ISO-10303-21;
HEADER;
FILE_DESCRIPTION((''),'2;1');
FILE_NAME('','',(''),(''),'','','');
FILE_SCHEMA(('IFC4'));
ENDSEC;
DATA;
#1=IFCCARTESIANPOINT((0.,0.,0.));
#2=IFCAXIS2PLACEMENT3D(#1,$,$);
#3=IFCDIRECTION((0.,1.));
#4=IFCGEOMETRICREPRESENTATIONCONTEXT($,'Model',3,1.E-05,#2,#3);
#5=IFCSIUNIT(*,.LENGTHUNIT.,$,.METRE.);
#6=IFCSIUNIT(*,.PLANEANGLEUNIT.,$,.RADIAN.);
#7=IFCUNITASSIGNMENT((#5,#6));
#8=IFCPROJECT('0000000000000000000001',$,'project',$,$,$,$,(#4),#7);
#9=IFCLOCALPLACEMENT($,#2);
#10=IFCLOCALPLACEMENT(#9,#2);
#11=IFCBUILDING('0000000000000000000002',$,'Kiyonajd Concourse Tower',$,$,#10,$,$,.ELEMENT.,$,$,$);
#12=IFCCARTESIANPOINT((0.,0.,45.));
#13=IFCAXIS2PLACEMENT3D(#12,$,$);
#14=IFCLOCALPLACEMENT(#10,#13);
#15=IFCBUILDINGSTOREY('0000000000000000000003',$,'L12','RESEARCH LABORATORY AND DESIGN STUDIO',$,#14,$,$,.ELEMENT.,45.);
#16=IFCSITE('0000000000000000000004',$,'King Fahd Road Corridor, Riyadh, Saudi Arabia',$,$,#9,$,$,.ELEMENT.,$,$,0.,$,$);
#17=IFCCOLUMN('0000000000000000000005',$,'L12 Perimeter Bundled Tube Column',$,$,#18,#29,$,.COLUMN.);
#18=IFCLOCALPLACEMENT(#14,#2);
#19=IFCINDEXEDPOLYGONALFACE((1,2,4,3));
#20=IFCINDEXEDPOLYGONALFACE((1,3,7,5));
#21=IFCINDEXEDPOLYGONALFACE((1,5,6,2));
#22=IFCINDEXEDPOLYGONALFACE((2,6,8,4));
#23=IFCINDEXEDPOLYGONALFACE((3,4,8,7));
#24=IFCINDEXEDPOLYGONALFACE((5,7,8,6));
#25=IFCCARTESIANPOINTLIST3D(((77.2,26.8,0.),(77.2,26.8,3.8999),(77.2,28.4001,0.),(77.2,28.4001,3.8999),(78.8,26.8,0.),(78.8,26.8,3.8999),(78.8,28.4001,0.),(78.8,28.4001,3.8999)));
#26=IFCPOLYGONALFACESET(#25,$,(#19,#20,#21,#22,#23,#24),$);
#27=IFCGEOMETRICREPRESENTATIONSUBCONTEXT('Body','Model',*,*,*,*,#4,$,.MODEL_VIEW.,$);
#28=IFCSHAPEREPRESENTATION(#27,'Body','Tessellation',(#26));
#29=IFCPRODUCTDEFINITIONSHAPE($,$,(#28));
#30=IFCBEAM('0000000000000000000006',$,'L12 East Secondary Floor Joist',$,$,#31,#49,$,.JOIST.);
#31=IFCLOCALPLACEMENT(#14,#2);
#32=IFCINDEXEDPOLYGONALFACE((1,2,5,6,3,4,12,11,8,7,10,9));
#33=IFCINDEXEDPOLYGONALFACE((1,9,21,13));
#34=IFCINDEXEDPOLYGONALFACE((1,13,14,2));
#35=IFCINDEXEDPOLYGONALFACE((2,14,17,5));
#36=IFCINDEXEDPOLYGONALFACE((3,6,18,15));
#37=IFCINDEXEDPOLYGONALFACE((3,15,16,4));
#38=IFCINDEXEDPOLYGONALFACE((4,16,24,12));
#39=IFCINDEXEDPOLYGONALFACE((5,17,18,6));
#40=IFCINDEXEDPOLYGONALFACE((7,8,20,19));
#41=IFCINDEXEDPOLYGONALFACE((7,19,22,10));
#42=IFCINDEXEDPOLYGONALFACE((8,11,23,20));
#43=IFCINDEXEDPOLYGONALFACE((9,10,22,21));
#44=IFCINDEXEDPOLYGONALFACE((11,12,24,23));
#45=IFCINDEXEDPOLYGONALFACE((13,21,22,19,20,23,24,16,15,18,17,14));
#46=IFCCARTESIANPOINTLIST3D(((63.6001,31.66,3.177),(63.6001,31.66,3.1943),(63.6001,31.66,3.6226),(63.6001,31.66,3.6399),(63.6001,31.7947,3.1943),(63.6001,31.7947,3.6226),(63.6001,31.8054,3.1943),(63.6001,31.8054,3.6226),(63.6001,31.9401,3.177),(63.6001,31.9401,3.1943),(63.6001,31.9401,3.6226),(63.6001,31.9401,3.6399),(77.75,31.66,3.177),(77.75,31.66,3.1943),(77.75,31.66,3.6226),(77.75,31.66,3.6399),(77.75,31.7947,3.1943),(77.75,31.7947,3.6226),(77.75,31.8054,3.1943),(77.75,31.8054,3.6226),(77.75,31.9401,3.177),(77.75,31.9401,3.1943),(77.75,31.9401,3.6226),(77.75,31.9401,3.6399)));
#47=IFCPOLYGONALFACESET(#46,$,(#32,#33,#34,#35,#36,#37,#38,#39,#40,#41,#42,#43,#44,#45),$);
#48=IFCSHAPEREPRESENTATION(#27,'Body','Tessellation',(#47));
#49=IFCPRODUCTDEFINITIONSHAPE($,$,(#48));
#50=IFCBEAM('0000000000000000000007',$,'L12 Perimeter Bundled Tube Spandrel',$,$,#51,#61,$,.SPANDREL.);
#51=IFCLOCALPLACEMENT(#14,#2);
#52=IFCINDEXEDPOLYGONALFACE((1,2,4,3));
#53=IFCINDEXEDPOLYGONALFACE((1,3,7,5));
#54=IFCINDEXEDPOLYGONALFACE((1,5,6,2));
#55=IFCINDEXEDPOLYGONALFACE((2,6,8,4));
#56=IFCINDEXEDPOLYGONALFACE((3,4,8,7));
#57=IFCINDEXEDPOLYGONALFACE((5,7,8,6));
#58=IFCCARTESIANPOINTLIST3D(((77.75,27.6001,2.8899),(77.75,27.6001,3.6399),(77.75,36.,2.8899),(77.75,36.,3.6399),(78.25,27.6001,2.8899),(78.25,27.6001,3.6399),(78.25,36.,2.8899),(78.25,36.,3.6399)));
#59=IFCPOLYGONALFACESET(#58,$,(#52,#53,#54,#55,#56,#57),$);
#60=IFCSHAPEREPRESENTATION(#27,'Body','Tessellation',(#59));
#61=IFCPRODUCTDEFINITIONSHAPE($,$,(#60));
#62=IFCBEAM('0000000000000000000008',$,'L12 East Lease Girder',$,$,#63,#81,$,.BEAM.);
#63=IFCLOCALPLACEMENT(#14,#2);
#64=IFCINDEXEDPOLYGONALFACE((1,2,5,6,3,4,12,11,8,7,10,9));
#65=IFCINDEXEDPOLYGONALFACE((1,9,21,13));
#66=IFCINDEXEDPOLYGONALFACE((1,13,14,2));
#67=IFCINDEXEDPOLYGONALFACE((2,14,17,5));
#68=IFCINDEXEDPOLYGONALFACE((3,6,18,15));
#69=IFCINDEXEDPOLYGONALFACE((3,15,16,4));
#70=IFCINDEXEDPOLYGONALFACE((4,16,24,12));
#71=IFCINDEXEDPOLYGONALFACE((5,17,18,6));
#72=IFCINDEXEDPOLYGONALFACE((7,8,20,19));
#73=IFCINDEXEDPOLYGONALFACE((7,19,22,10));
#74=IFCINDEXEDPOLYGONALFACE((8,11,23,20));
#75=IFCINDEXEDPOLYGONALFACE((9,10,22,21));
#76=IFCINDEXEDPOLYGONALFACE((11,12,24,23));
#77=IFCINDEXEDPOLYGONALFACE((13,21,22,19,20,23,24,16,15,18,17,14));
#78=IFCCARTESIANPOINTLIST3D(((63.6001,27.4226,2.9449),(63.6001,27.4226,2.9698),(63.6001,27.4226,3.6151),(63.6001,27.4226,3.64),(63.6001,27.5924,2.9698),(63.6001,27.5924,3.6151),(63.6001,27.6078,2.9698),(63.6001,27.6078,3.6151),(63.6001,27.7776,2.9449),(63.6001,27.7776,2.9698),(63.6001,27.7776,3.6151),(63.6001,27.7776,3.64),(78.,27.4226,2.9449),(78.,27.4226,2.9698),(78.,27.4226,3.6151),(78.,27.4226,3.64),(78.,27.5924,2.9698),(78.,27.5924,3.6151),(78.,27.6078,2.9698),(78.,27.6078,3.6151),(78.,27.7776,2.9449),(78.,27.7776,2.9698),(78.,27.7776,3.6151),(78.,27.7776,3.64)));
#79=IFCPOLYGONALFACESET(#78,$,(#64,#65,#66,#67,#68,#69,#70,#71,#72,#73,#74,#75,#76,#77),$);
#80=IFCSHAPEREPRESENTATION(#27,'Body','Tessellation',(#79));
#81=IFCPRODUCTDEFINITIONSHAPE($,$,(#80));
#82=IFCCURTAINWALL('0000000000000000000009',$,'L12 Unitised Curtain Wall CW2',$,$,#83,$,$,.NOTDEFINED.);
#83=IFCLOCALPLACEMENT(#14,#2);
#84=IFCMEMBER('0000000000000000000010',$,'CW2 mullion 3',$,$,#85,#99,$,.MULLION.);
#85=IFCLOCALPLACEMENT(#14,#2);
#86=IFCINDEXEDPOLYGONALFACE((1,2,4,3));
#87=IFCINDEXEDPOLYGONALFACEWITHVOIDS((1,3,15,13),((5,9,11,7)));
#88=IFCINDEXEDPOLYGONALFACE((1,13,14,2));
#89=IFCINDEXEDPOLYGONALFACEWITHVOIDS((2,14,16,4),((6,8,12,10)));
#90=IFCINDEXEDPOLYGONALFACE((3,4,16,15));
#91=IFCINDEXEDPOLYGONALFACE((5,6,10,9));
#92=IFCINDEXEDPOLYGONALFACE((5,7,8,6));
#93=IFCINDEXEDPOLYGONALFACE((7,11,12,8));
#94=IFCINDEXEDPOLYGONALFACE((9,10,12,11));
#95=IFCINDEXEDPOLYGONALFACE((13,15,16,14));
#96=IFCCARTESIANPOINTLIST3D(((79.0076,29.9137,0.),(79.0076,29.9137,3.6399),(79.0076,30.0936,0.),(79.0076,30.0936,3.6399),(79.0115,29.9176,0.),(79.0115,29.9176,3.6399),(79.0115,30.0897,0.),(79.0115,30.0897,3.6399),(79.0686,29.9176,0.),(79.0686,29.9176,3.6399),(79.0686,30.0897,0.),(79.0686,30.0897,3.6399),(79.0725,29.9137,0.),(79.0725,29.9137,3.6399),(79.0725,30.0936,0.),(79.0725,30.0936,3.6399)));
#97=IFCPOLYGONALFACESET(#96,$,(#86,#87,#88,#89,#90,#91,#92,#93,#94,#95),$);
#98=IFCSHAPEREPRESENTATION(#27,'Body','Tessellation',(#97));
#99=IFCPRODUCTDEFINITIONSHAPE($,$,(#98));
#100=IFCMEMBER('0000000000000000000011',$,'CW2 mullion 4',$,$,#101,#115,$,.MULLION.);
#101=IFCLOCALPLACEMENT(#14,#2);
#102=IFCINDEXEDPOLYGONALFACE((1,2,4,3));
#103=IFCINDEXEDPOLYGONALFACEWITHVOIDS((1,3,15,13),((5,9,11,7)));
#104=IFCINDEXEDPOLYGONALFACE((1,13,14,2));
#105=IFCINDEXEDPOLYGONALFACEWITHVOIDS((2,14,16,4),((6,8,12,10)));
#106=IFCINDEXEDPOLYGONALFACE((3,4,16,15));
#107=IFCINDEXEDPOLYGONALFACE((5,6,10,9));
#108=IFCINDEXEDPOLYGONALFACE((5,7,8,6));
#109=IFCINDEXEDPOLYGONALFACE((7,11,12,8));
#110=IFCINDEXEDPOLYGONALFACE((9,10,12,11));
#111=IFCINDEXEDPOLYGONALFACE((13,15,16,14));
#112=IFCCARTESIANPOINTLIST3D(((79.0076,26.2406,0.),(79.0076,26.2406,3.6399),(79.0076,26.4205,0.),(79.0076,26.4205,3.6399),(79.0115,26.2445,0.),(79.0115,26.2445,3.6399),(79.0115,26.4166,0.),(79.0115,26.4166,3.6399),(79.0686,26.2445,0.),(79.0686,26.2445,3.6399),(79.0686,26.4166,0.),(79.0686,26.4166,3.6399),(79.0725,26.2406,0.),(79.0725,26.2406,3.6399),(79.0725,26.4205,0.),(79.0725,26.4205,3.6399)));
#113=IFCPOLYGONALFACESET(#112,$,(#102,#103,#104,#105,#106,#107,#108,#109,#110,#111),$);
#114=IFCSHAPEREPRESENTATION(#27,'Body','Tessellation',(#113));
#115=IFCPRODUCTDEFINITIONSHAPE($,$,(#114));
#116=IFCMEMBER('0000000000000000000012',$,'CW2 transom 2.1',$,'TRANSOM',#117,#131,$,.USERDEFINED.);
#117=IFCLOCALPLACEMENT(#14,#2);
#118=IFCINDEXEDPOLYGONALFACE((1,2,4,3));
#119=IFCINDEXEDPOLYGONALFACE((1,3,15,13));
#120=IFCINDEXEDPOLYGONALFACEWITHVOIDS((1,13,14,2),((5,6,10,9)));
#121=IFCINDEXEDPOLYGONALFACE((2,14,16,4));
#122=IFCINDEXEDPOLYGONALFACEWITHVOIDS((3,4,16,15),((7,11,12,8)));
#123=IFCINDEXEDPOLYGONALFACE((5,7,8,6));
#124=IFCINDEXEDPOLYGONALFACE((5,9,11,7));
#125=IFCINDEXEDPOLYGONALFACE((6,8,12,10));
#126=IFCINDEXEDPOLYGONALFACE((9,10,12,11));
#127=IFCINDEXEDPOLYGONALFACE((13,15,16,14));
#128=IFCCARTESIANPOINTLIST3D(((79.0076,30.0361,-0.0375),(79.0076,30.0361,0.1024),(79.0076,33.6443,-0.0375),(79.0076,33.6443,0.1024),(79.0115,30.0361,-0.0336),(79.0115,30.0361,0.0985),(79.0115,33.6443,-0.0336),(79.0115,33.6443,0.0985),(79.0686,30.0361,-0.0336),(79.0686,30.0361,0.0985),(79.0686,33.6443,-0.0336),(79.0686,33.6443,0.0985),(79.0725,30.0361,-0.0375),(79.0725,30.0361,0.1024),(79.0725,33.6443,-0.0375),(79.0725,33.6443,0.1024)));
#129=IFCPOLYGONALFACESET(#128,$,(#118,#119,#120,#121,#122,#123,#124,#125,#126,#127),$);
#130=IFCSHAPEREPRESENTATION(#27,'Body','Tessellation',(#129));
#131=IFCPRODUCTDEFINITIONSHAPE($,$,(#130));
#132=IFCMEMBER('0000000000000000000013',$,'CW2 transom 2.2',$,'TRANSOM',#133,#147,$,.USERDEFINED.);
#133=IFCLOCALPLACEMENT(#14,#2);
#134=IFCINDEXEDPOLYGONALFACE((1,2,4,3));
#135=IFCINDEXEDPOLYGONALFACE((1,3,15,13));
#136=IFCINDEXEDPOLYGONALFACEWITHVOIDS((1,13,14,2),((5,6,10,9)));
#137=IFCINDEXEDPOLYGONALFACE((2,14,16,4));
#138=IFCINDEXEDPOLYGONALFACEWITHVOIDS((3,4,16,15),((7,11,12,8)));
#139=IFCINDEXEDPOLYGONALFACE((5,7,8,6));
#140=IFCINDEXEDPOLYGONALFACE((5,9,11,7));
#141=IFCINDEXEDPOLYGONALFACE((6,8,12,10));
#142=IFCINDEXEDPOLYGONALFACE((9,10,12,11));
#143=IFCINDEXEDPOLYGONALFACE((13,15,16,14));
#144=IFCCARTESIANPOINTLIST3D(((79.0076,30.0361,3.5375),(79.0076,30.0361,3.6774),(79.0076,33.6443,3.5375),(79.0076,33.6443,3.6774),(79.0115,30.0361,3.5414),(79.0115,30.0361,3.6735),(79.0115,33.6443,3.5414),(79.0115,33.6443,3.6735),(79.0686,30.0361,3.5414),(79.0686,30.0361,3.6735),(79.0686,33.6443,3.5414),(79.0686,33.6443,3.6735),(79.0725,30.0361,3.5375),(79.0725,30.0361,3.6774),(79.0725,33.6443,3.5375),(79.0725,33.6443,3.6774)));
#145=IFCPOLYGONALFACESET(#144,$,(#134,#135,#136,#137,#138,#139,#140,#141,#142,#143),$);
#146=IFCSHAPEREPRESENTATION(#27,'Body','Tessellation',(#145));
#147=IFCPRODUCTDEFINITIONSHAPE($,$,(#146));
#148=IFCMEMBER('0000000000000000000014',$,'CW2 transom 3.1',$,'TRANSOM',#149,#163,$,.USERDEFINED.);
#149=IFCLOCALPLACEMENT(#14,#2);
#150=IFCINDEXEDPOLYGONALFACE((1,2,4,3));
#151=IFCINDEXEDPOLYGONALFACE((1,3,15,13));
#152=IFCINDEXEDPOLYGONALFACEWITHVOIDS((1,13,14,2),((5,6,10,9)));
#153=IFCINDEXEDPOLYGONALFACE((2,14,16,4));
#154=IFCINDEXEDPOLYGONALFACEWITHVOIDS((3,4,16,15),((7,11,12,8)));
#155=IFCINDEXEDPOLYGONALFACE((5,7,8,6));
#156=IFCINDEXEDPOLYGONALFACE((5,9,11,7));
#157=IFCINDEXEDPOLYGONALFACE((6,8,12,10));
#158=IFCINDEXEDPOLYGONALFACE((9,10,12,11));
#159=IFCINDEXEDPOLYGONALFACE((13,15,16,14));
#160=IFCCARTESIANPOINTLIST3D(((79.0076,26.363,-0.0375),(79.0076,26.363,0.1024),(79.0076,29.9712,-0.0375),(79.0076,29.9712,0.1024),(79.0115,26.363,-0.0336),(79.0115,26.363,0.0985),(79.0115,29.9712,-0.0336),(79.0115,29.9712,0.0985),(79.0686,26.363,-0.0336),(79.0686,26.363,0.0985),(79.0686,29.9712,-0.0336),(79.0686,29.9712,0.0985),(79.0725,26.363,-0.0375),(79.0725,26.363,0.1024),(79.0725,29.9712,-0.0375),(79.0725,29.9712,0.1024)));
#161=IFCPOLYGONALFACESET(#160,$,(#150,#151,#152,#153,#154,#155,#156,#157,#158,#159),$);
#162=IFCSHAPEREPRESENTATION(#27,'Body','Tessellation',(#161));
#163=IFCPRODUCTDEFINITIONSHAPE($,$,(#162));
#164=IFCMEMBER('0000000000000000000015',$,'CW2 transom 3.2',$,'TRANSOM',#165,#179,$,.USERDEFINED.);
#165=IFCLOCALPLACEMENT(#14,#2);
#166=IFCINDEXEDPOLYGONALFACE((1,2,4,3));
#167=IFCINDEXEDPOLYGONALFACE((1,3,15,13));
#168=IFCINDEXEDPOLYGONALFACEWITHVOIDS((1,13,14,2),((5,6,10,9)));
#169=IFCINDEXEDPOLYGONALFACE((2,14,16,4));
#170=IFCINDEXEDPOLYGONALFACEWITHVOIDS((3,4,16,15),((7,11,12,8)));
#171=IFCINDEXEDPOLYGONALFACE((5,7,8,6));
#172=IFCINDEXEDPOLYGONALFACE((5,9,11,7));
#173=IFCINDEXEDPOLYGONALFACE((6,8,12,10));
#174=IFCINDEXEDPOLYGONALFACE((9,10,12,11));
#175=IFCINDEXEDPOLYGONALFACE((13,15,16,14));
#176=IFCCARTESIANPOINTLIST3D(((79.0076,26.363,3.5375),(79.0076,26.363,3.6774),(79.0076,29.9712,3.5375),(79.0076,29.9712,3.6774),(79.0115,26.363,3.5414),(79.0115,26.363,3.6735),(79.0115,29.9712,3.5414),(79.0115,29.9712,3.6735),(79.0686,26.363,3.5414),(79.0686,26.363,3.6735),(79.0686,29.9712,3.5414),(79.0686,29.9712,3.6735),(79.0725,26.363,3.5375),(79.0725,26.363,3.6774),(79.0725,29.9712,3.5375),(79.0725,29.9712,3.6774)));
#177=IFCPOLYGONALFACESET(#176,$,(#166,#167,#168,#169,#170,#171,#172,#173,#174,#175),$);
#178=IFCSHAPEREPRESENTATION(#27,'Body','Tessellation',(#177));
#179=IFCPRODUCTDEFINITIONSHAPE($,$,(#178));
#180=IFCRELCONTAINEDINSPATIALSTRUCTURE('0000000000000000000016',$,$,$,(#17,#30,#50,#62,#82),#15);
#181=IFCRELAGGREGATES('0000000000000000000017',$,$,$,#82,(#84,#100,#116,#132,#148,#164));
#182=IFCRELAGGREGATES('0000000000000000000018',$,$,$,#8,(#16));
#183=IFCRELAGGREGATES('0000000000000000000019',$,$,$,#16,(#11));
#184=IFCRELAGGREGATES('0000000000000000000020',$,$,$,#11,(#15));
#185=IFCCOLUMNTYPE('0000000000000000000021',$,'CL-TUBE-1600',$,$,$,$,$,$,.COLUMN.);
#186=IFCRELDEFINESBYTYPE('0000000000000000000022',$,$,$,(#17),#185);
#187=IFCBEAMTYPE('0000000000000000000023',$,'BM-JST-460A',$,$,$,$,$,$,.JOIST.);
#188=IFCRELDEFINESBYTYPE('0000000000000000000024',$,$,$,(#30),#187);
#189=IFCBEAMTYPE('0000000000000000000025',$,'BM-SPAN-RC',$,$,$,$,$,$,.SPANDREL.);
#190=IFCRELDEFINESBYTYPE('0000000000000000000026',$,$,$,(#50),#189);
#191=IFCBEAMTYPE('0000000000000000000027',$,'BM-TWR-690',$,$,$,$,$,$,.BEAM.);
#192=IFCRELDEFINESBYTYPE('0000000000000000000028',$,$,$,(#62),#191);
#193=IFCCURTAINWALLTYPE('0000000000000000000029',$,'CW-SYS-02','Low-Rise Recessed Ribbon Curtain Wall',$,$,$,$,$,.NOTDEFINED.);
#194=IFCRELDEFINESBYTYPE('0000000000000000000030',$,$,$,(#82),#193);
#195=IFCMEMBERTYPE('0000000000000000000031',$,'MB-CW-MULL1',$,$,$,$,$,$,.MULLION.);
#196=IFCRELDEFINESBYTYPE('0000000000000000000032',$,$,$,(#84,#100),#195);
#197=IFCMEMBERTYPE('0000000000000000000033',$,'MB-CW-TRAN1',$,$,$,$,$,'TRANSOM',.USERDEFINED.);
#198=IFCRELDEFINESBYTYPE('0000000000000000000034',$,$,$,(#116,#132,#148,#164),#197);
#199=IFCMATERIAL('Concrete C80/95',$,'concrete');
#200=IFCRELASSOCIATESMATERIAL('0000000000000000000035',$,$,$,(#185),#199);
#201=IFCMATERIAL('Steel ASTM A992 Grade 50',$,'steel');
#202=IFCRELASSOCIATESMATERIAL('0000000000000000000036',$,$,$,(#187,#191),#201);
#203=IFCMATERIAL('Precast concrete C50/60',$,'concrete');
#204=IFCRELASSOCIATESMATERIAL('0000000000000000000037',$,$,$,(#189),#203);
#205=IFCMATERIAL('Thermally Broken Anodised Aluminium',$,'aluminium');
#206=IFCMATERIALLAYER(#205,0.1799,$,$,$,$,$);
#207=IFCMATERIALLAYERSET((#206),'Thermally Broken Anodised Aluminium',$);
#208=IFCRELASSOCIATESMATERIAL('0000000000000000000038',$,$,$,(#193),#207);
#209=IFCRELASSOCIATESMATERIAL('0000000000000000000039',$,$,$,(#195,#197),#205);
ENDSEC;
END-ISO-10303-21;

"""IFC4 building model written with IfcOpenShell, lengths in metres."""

from ifc_helpers import new_model, si_unit, direction, frame, origin, origin_2d, place, context, subcontext, project, spatial, rectangle, hollow_rectangle, i_section, extrude, material, layer, layer_set, material_profile, profile_set, type_object, element, aggregate, save


model = new_model("IFC4")

# Units and contexts
model_context = context("Model", 3, precision=1e-05, world=origin(), true_north=direction((0.0, 1.0)))
body_context = subcontext(model_context, "Body", "Model", "MODEL_VIEW")
ifc_project = project(units=[si_unit("LENGTHUNIT", "METRE"), si_unit("PLANEANGLEUNIT", "RADIAN")], contexts=[model_context])

# Site, building, storey
site_placement = place(None, origin())
site = spatial("IfcSite", under=ifc_project, at=site_placement, Name="King Fahd Road Corridor, Riyadh, Saudi Arabia", CompositionType="ELEMENT", RefElevation=0.0)
building_placement = place(site_placement, origin())
building = spatial("IfcBuilding", under=site, at=building_placement, Name="Kiyonajd Concourse Tower", CompositionType="ELEMENT")
storey_placement = place(building_placement, frame((0.0, 0.0, 45.0)))
storey = spatial("IfcBuildingStorey", under=building, at=storey_placement, Name="L12", Description="RESEARCH LABORATORY AND DESIGN STUDIO", CompositionType="ELEMENT", Elevation=45.0)

# Column
ifc_material_1 = material(Name="Concrete C80/95", Category="concrete")
ifc_material_profile_1 = material_profile(ifc_material_1, rectangle(XDim=1.6001, YDim=1.6001, at=origin_2d()), Name="RC-1600x1600")
ifc_profile_set_1 = profile_set([ifc_material_profile_1], Name="Concrete C80/95")
column_type = type_object("IfcColumnType", Name="CL-TUBE-1600", PredefinedType="COLUMN", material=ifc_profile_set_1)
column_placement = place(storey_placement, frame((78.0, 27.6001, 0.0), z_axis=(0.0, 0.0, 1.0), x_axis=(1.0, 0.0, 0.0)))
element("IfcColumn", 1, at=column_placement, inside=storey, type_object=column_type, Name="L12 Perimeter Bundled Tube Column", PredefinedType="COLUMN", context=body_context, shape_type="SweptSolid", body=[
    extrude(rectangle(XDim=1.6001, YDim=1.6001, at=origin_2d()), origin(), (0.0, 0.0, 1.0), 3.8999),
])

# Beams
ifc_material_2 = material(Name="Steel ASTM A992 Grade 50", Category="steel")
ifc_material_profile_2 = material_profile(ifc_material_2, i_section(OverallWidth=0.28, OverallDepth=0.4629, WebThickness=0.0107, FlangeThickness=0.0173, at=origin_2d()), Name="W460X113")
ifc_profile_set_2 = profile_set([ifc_material_profile_2], Name="Steel ASTM A992 Grade 50")
beam_type_1 = type_object("IfcBeamType", Name="BM-JST-460A", PredefinedType="JOIST", material=ifc_profile_set_2)
beam_1_placement = place(storey_placement, frame((63.6001, 31.8, 3.4084), z_axis=(1.0, 0.0, 0.0), x_axis=(0.0, 1.0, 0.0)))
element("IfcBeam", 2, at=beam_1_placement, inside=storey, type_object=beam_type_1, Name="L12 East Secondary Floor Joist", PredefinedType="JOIST", context=body_context, shape_type="SweptSolid", body=[
    extrude(i_section(OverallWidth=0.28, OverallDepth=0.4629, WebThickness=0.0107, FlangeThickness=0.0173, at=origin_2d()), origin(), (0.0, 0.0, 1.0), 14.1499),
])
ifc_material_3 = material(Name="Precast concrete C50/60", Category="concrete")
ifc_material_profile_3 = material_profile(ifc_material_3, rectangle(XDim=0.5, YDim=0.75, at=origin_2d()), Name="RCBM-500x750")
ifc_profile_set_3 = profile_set([ifc_material_profile_3], Name="Precast concrete C50/60")
beam_type_2 = type_object("IfcBeamType", Name="BM-SPAN-RC", PredefinedType="SPANDREL", material=ifc_profile_set_3)
beam_2_placement = place(storey_placement, frame((78.0, 27.6001, 3.2649), z_axis=(0.0, 1.0, 0.0), x_axis=(-1.0, 0.0, 0.0)))
element("IfcBeam", 3, at=beam_2_placement, inside=storey, type_object=beam_type_2, Name="L12 Perimeter Bundled Tube Spandrel", PredefinedType="SPANDREL", context=body_context, shape_type="SweptSolid", body=[
    extrude(rectangle(XDim=0.5, YDim=0.75, at=origin_2d()), origin(), (0.0, 0.0, 1.0), 8.3999),
])
ifc_material_profile_4 = material_profile(ifc_material_2, i_section(OverallWidth=0.355, OverallDepth=0.6951, WebThickness=0.0154, FlangeThickness=0.0249, at=origin_2d()), Name="W690X217")
ifc_profile_set_4 = profile_set([ifc_material_profile_4], Name="Steel ASTM A992 Grade 50")
beam_type_3 = type_object("IfcBeamType", Name="BM-TWR-690", PredefinedType="BEAM", material=ifc_profile_set_4)
beam_3_placement = place(storey_placement, frame((63.6001, 27.6001, 3.2925), z_axis=(1.0, 0.0, 0.0), x_axis=(0.0, 1.0, 0.0)))
element("IfcBeam", 4, at=beam_3_placement, inside=storey, type_object=beam_type_3, Name="L12 East Lease Girder", PredefinedType="BEAM", context=body_context, shape_type="SweptSolid", body=[
    extrude(i_section(OverallWidth=0.355, OverallDepth=0.6951, WebThickness=0.0154, FlangeThickness=0.0249, at=origin_2d()), origin(), (0.0, 0.0, 1.0), 14.3999),
])

# Curtain wall, members
ifc_material_4 = material(Name="Thermally Broken Anodised Aluminium", Category="aluminium")
ifc_layer_1 = layer(ifc_material_4, 0.1799)
ifc_layer_set_1 = layer_set([ifc_layer_1], Name="Thermally Broken Anodised Aluminium")
curtain_wall_type = type_object("IfcCurtainWallType", Name="CW-SYS-02", Description="Low-Rise Recessed Ribbon Curtain Wall", PredefinedType="NOTDEFINED", material=ifc_layer_set_1)
curtain_wall_placement = place(storey_placement, origin())
curtain_wall = element("IfcCurtainWall", 5, at=curtain_wall_placement, inside=storey, type_object=curtain_wall_type, Name="L12 Unitised Curtain Wall CW2", PredefinedType="NOTDEFINED")
ifc_material_profile_5 = material_profile(ifc_material_4, hollow_rectangle(XDim=0.0649, YDim=0.1799, WallThickness=0.0039, at=origin_2d()), Name="MULL-65x180")
ifc_profile_set_5 = profile_set([ifc_material_profile_5], Name="Thermally Broken Anodised Aluminium")
member_type_1 = type_object("IfcMemberType", Name="MB-CW-MULL1", PredefinedType="MULLION", material=ifc_profile_set_5)
member_1_placement = place(storey_placement, frame((79.04, 30.0037, 0.0), z_axis=(0.0, 0.0, 1.0), x_axis=(1.0, 0.0, 0.0)))
member_1 = element("IfcMember", 6, at=member_1_placement, type_object=member_type_1, Name="CW2 mullion 3", PredefinedType="MULLION", context=body_context, shape_type="SweptSolid", body=[
    extrude(hollow_rectangle(XDim=0.0649, YDim=0.1799, WallThickness=0.0039, at=origin_2d()), origin(), (0.0, 0.0, 1.0), 3.6399),
])
member_2_placement = place(storey_placement, frame((79.04, 26.3306, 0.0), z_axis=(0.0, 0.0, 1.0), x_axis=(1.0, 0.0, 0.0)))
member_2 = element("IfcMember", 7, at=member_2_placement, type_object=member_type_1, Name="CW2 mullion 4", PredefinedType="MULLION", context=body_context, shape_type="SweptSolid", body=[
    extrude(hollow_rectangle(XDim=0.0649, YDim=0.1799, WallThickness=0.0039, at=origin_2d()), origin(), (0.0, 0.0, 1.0), 3.6399),
])
ifc_material_profile_6 = material_profile(ifc_material_4, hollow_rectangle(XDim=0.0649, YDim=0.1399, WallThickness=0.0039, at=origin_2d()), Name="TRAN-65x140")
ifc_profile_set_6 = profile_set([ifc_material_profile_6], Name="Thermally Broken Anodised Aluminium")
member_type_2 = type_object("IfcMemberType", Name="MB-CW-TRAN1", ElementType="TRANSOM", PredefinedType="USERDEFINED", material=ifc_profile_set_6)
member_3_placement = place(storey_placement, frame((79.04, 33.6443, 0.0325), z_axis=(0.0, -1.0, 0.0), x_axis=(1.0, 0.0, 0.0)))
member_3 = element("IfcMember", 8, at=member_3_placement, type_object=member_type_2, Name="CW2 transom 2.1", ObjectType="TRANSOM", PredefinedType="USERDEFINED", context=body_context, shape_type="SweptSolid", body=[
    extrude(hollow_rectangle(XDim=0.0649, YDim=0.1399, WallThickness=0.0039, at=origin_2d()), origin(), (0.0, 0.0, 1.0), 3.6082),
])
member_4_placement = place(storey_placement, frame((79.04, 33.6443, 3.6074), z_axis=(0.0, -1.0, 0.0), x_axis=(1.0, 0.0, 0.0)))
member_4 = element("IfcMember", 9, at=member_4_placement, type_object=member_type_2, Name="CW2 transom 2.2", ObjectType="TRANSOM", PredefinedType="USERDEFINED", context=body_context, shape_type="SweptSolid", body=[
    extrude(hollow_rectangle(XDim=0.0649, YDim=0.1399, WallThickness=0.0039, at=origin_2d()), origin(), (0.0, 0.0, 1.0), 3.6082),
])
member_5_placement = place(storey_placement, frame((79.04, 29.9712, 0.0325), z_axis=(0.0, -1.0, 0.0), x_axis=(1.0, 0.0, 0.0)))
member_5 = element("IfcMember", 10, at=member_5_placement, type_object=member_type_2, Name="CW2 transom 3.1", ObjectType="TRANSOM", PredefinedType="USERDEFINED", context=body_context, shape_type="SweptSolid", body=[
    extrude(hollow_rectangle(XDim=0.0649, YDim=0.1399, WallThickness=0.0039, at=origin_2d()), origin(), (0.0, 0.0, 1.0), 3.6082),
])
member_6_placement = place(storey_placement, frame((79.04, 29.9712, 3.6074), z_axis=(0.0, -1.0, 0.0), x_axis=(1.0, 0.0, 0.0)))
member_6 = element("IfcMember", 11, at=member_6_placement, type_object=member_type_2, Name="CW2 transom 3.2", ObjectType="TRANSOM", PredefinedType="USERDEFINED", context=body_context, shape_type="SweptSolid", body=[
    extrude(hollow_rectangle(XDim=0.0649, YDim=0.1399, WallThickness=0.0039, at=origin_2d()), origin(), (0.0, 0.0, 1.0), 3.6082),
])
aggregate(curtain_wall, [member_1, member_2, member_3, member_4, member_5, member_6])

save(model, "model.ifc")
